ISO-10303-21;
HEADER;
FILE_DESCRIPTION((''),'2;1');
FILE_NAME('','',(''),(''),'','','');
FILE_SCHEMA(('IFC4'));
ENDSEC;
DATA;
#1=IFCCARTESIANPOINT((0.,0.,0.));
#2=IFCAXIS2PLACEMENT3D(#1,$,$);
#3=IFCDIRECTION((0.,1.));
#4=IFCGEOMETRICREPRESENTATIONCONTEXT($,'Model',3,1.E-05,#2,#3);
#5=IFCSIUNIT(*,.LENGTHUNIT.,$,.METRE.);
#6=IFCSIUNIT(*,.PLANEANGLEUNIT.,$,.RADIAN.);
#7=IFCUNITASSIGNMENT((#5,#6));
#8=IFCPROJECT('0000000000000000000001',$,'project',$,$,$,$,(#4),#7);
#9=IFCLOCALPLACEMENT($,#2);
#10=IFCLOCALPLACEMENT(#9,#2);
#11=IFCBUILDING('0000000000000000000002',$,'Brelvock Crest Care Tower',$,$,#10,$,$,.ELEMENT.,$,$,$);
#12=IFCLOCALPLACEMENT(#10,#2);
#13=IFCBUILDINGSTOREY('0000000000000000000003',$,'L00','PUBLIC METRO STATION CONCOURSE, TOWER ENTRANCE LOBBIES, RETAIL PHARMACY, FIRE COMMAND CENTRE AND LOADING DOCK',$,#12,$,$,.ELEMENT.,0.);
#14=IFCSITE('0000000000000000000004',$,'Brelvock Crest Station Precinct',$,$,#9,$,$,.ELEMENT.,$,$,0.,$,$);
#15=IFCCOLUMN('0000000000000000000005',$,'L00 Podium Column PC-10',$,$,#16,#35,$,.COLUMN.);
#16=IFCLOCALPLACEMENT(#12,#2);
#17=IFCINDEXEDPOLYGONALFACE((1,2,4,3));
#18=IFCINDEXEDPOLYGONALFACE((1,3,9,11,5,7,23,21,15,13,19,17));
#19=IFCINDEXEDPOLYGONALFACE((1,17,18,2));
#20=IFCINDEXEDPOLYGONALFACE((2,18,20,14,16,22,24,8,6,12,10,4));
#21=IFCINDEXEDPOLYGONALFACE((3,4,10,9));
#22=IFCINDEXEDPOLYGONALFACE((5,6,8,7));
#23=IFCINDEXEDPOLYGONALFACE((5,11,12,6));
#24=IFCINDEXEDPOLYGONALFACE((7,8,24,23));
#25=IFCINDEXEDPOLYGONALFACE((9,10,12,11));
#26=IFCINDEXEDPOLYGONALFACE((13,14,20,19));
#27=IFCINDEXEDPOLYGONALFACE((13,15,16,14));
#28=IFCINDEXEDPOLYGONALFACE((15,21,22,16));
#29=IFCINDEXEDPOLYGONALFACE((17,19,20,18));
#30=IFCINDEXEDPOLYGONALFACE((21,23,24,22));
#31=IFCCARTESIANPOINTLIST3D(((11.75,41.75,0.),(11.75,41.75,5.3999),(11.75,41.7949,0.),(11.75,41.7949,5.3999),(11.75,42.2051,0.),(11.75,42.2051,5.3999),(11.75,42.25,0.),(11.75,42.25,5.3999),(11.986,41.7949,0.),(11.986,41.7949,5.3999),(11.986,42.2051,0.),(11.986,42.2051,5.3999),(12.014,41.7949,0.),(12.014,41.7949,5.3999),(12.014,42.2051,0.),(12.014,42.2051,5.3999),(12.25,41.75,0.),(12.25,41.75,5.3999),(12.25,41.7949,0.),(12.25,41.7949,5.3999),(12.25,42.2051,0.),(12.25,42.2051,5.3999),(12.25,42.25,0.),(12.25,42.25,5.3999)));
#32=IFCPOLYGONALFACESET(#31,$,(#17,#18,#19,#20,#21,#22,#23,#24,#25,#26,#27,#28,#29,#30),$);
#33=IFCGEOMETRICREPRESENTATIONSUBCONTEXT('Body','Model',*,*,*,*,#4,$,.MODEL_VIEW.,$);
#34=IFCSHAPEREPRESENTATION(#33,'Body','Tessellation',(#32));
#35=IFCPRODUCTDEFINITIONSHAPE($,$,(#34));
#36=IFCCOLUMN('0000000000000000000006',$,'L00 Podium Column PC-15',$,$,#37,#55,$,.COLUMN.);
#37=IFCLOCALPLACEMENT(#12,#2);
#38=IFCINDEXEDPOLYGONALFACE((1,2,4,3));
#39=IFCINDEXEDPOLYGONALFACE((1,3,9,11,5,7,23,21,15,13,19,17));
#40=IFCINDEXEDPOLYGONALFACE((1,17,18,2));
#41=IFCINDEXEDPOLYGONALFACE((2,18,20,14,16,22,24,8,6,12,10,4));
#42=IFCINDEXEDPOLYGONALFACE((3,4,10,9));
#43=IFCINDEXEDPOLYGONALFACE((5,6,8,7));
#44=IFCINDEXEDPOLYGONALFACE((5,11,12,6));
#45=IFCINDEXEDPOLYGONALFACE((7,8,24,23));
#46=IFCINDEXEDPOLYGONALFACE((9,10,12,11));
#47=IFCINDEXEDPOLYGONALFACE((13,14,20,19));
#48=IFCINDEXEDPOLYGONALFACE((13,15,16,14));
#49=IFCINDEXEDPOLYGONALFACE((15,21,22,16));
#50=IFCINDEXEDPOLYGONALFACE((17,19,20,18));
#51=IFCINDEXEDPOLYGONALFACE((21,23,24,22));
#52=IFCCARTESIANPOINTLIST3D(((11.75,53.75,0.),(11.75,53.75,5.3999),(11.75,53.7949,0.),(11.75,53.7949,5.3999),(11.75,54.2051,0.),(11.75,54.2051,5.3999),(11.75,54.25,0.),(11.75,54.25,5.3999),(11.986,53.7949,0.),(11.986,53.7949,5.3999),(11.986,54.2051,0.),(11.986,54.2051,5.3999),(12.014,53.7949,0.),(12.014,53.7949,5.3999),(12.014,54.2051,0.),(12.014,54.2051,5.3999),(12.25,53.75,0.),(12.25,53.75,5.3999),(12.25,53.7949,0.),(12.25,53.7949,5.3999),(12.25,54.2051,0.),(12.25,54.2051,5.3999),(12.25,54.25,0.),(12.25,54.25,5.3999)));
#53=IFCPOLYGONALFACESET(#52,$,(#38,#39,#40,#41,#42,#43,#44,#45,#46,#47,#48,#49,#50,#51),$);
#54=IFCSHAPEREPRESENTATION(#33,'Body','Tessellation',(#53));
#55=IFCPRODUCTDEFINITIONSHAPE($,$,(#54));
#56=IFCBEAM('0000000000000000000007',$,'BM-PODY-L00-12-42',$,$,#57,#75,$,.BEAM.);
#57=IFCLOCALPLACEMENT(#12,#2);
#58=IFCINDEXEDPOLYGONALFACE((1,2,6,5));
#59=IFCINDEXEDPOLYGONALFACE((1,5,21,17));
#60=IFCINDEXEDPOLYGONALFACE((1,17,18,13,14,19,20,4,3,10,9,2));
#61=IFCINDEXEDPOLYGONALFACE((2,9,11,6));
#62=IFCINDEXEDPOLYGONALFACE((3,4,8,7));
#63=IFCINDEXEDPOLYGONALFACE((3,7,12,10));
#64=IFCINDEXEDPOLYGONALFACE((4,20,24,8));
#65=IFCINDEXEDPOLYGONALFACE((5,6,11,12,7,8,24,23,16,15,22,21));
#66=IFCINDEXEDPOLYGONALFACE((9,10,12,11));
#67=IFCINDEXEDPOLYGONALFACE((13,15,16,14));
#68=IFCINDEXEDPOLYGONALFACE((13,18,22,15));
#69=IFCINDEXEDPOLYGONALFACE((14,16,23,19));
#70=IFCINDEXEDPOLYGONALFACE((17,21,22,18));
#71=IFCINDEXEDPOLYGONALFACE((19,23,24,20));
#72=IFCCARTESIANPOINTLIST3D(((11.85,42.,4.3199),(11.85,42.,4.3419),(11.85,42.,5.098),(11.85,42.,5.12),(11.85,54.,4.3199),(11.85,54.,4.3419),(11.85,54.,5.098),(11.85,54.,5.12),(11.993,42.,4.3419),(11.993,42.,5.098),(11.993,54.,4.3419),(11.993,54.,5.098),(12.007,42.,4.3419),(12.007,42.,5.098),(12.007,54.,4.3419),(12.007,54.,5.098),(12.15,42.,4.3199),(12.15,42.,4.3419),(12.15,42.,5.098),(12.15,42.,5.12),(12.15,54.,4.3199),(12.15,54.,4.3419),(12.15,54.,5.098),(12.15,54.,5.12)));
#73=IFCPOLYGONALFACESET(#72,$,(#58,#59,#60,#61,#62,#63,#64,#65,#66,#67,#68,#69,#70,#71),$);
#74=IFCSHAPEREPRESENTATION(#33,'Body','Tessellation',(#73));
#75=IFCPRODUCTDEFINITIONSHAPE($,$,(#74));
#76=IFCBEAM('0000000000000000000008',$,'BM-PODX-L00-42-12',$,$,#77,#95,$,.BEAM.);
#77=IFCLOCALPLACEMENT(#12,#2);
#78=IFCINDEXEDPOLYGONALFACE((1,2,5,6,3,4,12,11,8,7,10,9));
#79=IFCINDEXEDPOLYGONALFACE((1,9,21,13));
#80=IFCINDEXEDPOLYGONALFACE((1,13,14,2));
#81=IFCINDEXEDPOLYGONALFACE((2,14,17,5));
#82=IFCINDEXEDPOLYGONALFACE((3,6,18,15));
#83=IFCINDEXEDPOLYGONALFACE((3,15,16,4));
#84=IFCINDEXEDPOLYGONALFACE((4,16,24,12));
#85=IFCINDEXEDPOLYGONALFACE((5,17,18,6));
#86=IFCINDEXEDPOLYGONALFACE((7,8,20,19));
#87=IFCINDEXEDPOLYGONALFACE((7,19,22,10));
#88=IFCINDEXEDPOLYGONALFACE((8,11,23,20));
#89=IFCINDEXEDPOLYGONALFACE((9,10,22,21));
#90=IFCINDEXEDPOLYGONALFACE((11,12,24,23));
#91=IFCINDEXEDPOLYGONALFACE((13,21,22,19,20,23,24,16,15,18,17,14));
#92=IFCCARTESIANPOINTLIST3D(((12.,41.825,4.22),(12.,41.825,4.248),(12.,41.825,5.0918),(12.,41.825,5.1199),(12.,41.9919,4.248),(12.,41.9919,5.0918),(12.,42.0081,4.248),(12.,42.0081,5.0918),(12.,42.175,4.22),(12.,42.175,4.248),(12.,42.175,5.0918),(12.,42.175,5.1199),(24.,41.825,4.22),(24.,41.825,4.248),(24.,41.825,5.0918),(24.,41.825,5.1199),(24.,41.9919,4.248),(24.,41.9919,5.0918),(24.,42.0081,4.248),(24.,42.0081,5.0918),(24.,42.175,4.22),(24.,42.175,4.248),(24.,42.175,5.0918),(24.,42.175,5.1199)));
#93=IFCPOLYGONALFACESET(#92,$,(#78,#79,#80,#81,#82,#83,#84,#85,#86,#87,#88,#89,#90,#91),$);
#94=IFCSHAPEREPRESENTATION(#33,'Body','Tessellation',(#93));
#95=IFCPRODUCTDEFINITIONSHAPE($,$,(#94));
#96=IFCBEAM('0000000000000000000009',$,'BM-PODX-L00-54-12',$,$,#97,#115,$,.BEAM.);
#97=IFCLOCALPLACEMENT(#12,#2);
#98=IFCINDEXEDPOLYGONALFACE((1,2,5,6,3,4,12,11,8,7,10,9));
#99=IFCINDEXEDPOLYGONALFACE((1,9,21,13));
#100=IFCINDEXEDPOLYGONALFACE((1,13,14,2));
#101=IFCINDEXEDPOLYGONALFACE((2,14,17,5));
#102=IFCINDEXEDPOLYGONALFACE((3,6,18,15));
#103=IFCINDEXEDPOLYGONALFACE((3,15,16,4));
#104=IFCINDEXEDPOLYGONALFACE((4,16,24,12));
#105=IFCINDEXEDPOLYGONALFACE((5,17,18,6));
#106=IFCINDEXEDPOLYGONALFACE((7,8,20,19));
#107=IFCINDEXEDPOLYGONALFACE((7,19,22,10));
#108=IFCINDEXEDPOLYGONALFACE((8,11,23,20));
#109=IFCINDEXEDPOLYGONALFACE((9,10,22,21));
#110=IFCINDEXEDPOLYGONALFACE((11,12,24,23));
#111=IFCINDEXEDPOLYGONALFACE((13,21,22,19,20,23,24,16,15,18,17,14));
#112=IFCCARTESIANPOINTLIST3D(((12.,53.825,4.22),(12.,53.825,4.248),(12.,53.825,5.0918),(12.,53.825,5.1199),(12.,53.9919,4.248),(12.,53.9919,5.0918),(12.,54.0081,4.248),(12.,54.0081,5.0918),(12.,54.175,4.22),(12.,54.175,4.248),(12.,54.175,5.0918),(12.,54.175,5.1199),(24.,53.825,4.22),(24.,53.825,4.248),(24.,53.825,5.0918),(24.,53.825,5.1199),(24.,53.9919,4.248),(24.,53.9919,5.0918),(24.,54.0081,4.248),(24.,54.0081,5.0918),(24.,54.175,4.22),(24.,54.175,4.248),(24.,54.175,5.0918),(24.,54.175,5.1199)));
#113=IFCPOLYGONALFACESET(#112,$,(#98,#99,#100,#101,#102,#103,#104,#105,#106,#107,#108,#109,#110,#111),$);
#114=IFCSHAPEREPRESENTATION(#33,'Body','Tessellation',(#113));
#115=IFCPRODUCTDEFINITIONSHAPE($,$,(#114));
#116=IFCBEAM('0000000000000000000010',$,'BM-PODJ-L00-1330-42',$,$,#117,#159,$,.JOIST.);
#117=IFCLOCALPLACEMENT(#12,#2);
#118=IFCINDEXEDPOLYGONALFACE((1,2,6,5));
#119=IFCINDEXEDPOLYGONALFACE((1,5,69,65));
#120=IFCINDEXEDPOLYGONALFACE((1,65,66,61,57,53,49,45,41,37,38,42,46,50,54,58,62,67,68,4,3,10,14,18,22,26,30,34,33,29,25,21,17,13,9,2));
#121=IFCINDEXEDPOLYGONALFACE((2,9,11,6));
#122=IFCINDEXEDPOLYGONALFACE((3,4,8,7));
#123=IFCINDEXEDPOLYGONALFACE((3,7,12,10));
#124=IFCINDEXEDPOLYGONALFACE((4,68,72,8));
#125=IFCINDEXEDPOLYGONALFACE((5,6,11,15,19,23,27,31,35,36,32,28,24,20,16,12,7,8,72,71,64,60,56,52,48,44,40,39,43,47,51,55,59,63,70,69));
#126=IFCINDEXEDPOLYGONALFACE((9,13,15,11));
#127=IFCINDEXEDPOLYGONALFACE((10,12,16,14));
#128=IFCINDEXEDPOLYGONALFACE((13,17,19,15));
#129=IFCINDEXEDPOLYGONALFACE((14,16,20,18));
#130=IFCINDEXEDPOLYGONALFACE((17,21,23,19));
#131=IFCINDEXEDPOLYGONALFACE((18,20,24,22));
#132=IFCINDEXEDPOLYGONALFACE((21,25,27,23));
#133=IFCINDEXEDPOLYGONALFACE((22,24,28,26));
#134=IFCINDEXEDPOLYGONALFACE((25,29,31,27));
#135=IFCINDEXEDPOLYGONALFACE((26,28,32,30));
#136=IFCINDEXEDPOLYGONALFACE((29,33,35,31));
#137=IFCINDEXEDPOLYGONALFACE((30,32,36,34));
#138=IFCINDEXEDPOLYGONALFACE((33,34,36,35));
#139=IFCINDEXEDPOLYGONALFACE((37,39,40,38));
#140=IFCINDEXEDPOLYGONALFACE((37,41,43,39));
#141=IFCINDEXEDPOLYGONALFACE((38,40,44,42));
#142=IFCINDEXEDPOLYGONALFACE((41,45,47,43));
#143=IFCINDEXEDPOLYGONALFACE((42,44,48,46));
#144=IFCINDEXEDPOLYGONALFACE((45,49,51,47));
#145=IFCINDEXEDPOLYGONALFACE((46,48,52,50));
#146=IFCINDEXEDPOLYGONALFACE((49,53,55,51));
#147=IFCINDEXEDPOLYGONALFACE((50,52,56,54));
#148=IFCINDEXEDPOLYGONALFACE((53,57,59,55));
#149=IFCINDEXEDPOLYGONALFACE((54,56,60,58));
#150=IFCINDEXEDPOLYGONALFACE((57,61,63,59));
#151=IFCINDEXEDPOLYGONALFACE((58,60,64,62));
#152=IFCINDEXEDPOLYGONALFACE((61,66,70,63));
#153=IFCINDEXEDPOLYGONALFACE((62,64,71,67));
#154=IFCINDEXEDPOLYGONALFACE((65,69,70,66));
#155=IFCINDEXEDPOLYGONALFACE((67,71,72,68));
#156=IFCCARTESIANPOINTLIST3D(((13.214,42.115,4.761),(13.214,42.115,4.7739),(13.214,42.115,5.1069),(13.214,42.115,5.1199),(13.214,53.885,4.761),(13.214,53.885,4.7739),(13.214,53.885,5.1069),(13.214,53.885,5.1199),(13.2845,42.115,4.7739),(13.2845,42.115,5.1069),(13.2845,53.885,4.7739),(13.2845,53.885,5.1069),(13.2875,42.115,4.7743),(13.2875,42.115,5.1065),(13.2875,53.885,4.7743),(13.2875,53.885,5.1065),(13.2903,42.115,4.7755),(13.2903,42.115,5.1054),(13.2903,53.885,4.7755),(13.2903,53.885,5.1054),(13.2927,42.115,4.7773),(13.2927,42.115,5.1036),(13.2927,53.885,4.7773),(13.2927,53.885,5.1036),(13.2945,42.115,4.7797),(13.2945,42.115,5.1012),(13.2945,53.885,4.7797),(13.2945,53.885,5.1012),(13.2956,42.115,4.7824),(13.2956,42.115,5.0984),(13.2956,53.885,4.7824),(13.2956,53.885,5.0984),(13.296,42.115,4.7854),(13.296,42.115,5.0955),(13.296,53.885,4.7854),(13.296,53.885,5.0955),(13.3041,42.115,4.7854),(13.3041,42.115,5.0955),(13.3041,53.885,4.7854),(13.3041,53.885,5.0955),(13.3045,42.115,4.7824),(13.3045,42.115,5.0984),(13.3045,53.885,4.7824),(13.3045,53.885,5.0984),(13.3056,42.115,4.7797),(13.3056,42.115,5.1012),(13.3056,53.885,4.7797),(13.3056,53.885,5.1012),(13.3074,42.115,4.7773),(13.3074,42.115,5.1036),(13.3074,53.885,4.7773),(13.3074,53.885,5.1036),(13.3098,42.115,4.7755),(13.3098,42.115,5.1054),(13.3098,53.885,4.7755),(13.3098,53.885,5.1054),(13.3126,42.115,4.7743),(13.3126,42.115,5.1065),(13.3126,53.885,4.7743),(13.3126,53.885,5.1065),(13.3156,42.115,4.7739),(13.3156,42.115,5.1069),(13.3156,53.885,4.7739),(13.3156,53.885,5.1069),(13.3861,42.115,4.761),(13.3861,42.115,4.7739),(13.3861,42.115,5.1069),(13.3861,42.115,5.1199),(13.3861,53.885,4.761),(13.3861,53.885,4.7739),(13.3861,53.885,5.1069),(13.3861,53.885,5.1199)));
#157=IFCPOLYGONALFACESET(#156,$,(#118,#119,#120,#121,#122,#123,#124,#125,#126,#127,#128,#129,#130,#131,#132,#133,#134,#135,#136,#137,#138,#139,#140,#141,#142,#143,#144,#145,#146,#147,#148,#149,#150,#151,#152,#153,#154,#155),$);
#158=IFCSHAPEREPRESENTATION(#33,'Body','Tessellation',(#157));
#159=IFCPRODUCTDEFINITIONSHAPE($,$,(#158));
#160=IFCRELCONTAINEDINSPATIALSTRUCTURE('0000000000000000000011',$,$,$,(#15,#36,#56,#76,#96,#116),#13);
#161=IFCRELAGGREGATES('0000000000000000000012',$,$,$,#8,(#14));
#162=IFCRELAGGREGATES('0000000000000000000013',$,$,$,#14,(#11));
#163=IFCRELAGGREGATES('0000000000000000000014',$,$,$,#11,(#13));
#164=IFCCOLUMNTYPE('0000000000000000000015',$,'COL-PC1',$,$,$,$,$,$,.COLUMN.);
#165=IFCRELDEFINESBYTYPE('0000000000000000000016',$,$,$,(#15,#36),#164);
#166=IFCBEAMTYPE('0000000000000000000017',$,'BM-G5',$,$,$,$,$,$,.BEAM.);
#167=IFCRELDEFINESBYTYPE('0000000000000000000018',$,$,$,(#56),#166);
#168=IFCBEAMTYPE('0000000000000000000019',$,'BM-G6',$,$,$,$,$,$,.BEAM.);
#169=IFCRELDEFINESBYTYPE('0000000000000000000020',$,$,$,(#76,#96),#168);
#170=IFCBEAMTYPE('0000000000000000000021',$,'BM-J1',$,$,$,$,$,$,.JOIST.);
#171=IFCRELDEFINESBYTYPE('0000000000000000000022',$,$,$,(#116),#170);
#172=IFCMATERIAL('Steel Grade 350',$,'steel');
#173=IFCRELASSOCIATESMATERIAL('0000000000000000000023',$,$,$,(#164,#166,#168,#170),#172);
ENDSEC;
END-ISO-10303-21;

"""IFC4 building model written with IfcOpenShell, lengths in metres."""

from ifc_helpers import new_model, si_unit, direction, frame, origin, origin_2d, place, context, subcontext, project, spatial, i_section, extrude, source, transform, mapped, material, material_profile, profile_set, type_object, element, save


model = new_model("IFC4")

# Units and contexts
model_context = context("Model", 3, precision=1e-05, world=origin(), true_north=direction((0.0, 1.0)))
body_context = subcontext(model_context, "Body", "Model", "MODEL_VIEW")
ifc_project = project(units=[si_unit("LENGTHUNIT", "METRE"), si_unit("PLANEANGLEUNIT", "RADIAN")], contexts=[model_context])

# Site, building, storey
site_placement = place(None, origin())
site = spatial("IfcSite", under=ifc_project, at=site_placement, Name="Brelvock Crest Station Precinct", CompositionType="ELEMENT", RefElevation=0.0)
building_placement = place(site_placement, origin())
building = spatial("IfcBuilding", under=site, at=building_placement, Name="Brelvock Crest Care Tower", CompositionType="ELEMENT")
storey_placement = place(building_placement, origin())
storey = spatial("IfcBuildingStorey", under=building, at=storey_placement, Name="L00", Description="PUBLIC METRO STATION CONCOURSE, TOWER ENTRANCE LOBBIES, RETAIL PHARMACY, FIRE COMMAND CENTRE AND LOADING DOCK", CompositionType="ELEMENT", Elevation=0.0)

# Columns
ifc_material_1 = material(Name="Steel Grade 350", Category="steel")
ifc_material_profile_1 = material_profile(ifc_material_1, i_section(OverallWidth=0.5, OverallDepth=0.5, WebThickness=0.0281, FlangeThickness=0.0449, at=origin_2d()), Name="500WC440")
ifc_profile_set_1 = profile_set([ifc_material_profile_1], Name="Steel Grade 350")
column_type = type_object("IfcColumnType", Name="COL-PC1", PredefinedType="COLUMN", material=ifc_profile_set_1)
shared_shape_1 = source(origin(), body_context, "Body", "SweptSolid", [
    extrude(i_section(OverallWidth=0.5, OverallDepth=0.5, WebThickness=0.0281, FlangeThickness=0.0449, at=origin_2d()), origin(), (0.0, 0.0, 1.0), 5.3999),
])
for number, where, z_axis, x_axis, name in (
    (1, (12.0, 42.0, 0.0), (0.0, 0.0, 1.0), (1.0, 0.0, 0.0), "L00 Podium Column PC-10"),
    (2, (12.0, 54.0, 0.0), (0.0, 0.0, 1.0), (1.0, 0.0, 0.0), "L00 Podium Column PC-15"),
):
    element("IfcColumn", number, at=place(storey_placement, frame(where, z_axis=z_axis, x_axis=x_axis)), inside=storey, type_object=column_type, Name=name, PredefinedType="COLUMN", context=body_context, shape_type="MappedRepresentation", body=[
        mapped(shared_shape_1, transform((0.0, 0.0, 0.0), x_axis=(1.0, 0.0, 0.0), y_axis=(0.0, 1.0, 0.0), z_axis=(0.0, 0.0, 1.0), scale=1.0)),
    ])

# Beams
ifc_material_profile_2 = material_profile(ifc_material_1, i_section(OverallWidth=0.3, OverallDepth=0.8, WebThickness=0.0139, FlangeThickness=0.022, at=origin_2d()), Name="800WB192")
ifc_profile_set_2 = profile_set([ifc_material_profile_2], Name="Steel Grade 350")
beam_type_1 = type_object("IfcBeamType", Name="BM-G5", PredefinedType="BEAM", material=ifc_profile_set_2)
shared_shape_2 = source(origin(), body_context, "Body", "SweptSolid", [
    extrude(i_section(OverallWidth=0.3, OverallDepth=0.8, WebThickness=0.0139, FlangeThickness=0.022, at=origin_2d()), origin(), (0.0, 0.0, 1.0), 12.0),
])
beam_placement = place(storey_placement, frame((12.0, 42.0, 4.72), z_axis=(0.0, 1.0, 0.0), x_axis=(-1.0, 0.0, 0.0)))
element("IfcBeam", 3, at=beam_placement, inside=storey, type_object=beam_type_1, Name="BM-PODY-L00-12-42", PredefinedType="BEAM", context=body_context, shape_type="MappedRepresentation", body=[
    mapped(shared_shape_2, transform((0.0, 0.0, 0.0), x_axis=(1.0, 0.0, 0.0), y_axis=(0.0, 1.0, 0.0), z_axis=(0.0, 0.0, 1.0), scale=1.0)),
])
ifc_material_profile_3 = material_profile(ifc_material_1, i_section(OverallWidth=0.3501, OverallDepth=0.8999, WebThickness=0.0161, FlangeThickness=0.0281, at=origin_2d()), Name="900WB257")
ifc_profile_set_3 = profile_set([ifc_material_profile_3], Name="Steel Grade 350")
beam_type_2 = type_object("IfcBeamType", Name="BM-G6", PredefinedType="BEAM", material=ifc_profile_set_3)
shared_shape_3 = source(origin(), body_context, "Body", "SweptSolid", [
    extrude(i_section(OverallWidth=0.3501, OverallDepth=0.8999, WebThickness=0.0161, FlangeThickness=0.0281, at=origin_2d()), origin(), (0.0, 0.0, 1.0), 12.0),
])
for number, where, z_axis, x_axis, name in (
    (4, (12.0, 42.0, 4.6699), (1.0, 0.0, 0.0), (0.0, 1.0, 0.0), "BM-PODX-L00-42-12"),
    (5, (12.0, 54.0, 4.6699), (1.0, 0.0, 0.0), (0.0, 1.0, 0.0), "BM-PODX-L00-54-12"),
):
    element("IfcBeam", number, at=place(storey_placement, frame(where, z_axis=z_axis, x_axis=x_axis)), inside=storey, type_object=beam_type_2, Name=name, PredefinedType="BEAM", context=body_context, shape_type="MappedRepresentation", body=[
        mapped(shared_shape_3, transform((0.0, 0.0, 0.0), x_axis=(1.0, 0.0, 0.0), y_axis=(0.0, 1.0, 0.0), z_axis=(0.0, 0.0, 1.0), scale=1.0)),
    ])
ifc_material_profile_4 = material_profile(ifc_material_1, i_section(OverallWidth=0.1721, OverallDepth=0.3589, WebThickness=0.0081, FlangeThickness=0.0129, FilletRadius=0.0115, at=origin_2d()), Name="360UB56.7")
ifc_profile_set_4 = profile_set([ifc_material_profile_4], Name="Steel Grade 350")
beam_type_3 = type_object("IfcBeamType", Name="BM-J1", PredefinedType="JOIST", material=ifc_profile_set_4)
shared_shape_4 = source(origin(), body_context, "Body", "SweptSolid", [
    extrude(i_section(OverallWidth=0.1721, OverallDepth=0.3589, WebThickness=0.0081, FlangeThickness=0.0129, FilletRadius=0.0115, at=origin_2d()), origin(), (0.0, 0.0, 1.0), 11.77),
])
for number, where, z_axis, x_axis, name in (
    (6, (13.3, 42.115, 4.9404), (0.0, 1.0, 0.0), (-1.0, 0.0, 0.0), "BM-PODJ-L00-1330-42"),
):
    element("IfcBeam", number, at=place(storey_placement, frame(where, z_axis=z_axis, x_axis=x_axis)), inside=storey, type_object=beam_type_3, Name=name, PredefinedType="JOIST", context=body_context, shape_type="MappedRepresentation", body=[
        mapped(shared_shape_4, transform((0.0, 0.0, 0.0), x_axis=(1.0, 0.0, 0.0), y_axis=(0.0, 1.0, 0.0), z_axis=(0.0, 0.0, 1.0), scale=1.0)),
    ])

save(model, "model.ifc")
